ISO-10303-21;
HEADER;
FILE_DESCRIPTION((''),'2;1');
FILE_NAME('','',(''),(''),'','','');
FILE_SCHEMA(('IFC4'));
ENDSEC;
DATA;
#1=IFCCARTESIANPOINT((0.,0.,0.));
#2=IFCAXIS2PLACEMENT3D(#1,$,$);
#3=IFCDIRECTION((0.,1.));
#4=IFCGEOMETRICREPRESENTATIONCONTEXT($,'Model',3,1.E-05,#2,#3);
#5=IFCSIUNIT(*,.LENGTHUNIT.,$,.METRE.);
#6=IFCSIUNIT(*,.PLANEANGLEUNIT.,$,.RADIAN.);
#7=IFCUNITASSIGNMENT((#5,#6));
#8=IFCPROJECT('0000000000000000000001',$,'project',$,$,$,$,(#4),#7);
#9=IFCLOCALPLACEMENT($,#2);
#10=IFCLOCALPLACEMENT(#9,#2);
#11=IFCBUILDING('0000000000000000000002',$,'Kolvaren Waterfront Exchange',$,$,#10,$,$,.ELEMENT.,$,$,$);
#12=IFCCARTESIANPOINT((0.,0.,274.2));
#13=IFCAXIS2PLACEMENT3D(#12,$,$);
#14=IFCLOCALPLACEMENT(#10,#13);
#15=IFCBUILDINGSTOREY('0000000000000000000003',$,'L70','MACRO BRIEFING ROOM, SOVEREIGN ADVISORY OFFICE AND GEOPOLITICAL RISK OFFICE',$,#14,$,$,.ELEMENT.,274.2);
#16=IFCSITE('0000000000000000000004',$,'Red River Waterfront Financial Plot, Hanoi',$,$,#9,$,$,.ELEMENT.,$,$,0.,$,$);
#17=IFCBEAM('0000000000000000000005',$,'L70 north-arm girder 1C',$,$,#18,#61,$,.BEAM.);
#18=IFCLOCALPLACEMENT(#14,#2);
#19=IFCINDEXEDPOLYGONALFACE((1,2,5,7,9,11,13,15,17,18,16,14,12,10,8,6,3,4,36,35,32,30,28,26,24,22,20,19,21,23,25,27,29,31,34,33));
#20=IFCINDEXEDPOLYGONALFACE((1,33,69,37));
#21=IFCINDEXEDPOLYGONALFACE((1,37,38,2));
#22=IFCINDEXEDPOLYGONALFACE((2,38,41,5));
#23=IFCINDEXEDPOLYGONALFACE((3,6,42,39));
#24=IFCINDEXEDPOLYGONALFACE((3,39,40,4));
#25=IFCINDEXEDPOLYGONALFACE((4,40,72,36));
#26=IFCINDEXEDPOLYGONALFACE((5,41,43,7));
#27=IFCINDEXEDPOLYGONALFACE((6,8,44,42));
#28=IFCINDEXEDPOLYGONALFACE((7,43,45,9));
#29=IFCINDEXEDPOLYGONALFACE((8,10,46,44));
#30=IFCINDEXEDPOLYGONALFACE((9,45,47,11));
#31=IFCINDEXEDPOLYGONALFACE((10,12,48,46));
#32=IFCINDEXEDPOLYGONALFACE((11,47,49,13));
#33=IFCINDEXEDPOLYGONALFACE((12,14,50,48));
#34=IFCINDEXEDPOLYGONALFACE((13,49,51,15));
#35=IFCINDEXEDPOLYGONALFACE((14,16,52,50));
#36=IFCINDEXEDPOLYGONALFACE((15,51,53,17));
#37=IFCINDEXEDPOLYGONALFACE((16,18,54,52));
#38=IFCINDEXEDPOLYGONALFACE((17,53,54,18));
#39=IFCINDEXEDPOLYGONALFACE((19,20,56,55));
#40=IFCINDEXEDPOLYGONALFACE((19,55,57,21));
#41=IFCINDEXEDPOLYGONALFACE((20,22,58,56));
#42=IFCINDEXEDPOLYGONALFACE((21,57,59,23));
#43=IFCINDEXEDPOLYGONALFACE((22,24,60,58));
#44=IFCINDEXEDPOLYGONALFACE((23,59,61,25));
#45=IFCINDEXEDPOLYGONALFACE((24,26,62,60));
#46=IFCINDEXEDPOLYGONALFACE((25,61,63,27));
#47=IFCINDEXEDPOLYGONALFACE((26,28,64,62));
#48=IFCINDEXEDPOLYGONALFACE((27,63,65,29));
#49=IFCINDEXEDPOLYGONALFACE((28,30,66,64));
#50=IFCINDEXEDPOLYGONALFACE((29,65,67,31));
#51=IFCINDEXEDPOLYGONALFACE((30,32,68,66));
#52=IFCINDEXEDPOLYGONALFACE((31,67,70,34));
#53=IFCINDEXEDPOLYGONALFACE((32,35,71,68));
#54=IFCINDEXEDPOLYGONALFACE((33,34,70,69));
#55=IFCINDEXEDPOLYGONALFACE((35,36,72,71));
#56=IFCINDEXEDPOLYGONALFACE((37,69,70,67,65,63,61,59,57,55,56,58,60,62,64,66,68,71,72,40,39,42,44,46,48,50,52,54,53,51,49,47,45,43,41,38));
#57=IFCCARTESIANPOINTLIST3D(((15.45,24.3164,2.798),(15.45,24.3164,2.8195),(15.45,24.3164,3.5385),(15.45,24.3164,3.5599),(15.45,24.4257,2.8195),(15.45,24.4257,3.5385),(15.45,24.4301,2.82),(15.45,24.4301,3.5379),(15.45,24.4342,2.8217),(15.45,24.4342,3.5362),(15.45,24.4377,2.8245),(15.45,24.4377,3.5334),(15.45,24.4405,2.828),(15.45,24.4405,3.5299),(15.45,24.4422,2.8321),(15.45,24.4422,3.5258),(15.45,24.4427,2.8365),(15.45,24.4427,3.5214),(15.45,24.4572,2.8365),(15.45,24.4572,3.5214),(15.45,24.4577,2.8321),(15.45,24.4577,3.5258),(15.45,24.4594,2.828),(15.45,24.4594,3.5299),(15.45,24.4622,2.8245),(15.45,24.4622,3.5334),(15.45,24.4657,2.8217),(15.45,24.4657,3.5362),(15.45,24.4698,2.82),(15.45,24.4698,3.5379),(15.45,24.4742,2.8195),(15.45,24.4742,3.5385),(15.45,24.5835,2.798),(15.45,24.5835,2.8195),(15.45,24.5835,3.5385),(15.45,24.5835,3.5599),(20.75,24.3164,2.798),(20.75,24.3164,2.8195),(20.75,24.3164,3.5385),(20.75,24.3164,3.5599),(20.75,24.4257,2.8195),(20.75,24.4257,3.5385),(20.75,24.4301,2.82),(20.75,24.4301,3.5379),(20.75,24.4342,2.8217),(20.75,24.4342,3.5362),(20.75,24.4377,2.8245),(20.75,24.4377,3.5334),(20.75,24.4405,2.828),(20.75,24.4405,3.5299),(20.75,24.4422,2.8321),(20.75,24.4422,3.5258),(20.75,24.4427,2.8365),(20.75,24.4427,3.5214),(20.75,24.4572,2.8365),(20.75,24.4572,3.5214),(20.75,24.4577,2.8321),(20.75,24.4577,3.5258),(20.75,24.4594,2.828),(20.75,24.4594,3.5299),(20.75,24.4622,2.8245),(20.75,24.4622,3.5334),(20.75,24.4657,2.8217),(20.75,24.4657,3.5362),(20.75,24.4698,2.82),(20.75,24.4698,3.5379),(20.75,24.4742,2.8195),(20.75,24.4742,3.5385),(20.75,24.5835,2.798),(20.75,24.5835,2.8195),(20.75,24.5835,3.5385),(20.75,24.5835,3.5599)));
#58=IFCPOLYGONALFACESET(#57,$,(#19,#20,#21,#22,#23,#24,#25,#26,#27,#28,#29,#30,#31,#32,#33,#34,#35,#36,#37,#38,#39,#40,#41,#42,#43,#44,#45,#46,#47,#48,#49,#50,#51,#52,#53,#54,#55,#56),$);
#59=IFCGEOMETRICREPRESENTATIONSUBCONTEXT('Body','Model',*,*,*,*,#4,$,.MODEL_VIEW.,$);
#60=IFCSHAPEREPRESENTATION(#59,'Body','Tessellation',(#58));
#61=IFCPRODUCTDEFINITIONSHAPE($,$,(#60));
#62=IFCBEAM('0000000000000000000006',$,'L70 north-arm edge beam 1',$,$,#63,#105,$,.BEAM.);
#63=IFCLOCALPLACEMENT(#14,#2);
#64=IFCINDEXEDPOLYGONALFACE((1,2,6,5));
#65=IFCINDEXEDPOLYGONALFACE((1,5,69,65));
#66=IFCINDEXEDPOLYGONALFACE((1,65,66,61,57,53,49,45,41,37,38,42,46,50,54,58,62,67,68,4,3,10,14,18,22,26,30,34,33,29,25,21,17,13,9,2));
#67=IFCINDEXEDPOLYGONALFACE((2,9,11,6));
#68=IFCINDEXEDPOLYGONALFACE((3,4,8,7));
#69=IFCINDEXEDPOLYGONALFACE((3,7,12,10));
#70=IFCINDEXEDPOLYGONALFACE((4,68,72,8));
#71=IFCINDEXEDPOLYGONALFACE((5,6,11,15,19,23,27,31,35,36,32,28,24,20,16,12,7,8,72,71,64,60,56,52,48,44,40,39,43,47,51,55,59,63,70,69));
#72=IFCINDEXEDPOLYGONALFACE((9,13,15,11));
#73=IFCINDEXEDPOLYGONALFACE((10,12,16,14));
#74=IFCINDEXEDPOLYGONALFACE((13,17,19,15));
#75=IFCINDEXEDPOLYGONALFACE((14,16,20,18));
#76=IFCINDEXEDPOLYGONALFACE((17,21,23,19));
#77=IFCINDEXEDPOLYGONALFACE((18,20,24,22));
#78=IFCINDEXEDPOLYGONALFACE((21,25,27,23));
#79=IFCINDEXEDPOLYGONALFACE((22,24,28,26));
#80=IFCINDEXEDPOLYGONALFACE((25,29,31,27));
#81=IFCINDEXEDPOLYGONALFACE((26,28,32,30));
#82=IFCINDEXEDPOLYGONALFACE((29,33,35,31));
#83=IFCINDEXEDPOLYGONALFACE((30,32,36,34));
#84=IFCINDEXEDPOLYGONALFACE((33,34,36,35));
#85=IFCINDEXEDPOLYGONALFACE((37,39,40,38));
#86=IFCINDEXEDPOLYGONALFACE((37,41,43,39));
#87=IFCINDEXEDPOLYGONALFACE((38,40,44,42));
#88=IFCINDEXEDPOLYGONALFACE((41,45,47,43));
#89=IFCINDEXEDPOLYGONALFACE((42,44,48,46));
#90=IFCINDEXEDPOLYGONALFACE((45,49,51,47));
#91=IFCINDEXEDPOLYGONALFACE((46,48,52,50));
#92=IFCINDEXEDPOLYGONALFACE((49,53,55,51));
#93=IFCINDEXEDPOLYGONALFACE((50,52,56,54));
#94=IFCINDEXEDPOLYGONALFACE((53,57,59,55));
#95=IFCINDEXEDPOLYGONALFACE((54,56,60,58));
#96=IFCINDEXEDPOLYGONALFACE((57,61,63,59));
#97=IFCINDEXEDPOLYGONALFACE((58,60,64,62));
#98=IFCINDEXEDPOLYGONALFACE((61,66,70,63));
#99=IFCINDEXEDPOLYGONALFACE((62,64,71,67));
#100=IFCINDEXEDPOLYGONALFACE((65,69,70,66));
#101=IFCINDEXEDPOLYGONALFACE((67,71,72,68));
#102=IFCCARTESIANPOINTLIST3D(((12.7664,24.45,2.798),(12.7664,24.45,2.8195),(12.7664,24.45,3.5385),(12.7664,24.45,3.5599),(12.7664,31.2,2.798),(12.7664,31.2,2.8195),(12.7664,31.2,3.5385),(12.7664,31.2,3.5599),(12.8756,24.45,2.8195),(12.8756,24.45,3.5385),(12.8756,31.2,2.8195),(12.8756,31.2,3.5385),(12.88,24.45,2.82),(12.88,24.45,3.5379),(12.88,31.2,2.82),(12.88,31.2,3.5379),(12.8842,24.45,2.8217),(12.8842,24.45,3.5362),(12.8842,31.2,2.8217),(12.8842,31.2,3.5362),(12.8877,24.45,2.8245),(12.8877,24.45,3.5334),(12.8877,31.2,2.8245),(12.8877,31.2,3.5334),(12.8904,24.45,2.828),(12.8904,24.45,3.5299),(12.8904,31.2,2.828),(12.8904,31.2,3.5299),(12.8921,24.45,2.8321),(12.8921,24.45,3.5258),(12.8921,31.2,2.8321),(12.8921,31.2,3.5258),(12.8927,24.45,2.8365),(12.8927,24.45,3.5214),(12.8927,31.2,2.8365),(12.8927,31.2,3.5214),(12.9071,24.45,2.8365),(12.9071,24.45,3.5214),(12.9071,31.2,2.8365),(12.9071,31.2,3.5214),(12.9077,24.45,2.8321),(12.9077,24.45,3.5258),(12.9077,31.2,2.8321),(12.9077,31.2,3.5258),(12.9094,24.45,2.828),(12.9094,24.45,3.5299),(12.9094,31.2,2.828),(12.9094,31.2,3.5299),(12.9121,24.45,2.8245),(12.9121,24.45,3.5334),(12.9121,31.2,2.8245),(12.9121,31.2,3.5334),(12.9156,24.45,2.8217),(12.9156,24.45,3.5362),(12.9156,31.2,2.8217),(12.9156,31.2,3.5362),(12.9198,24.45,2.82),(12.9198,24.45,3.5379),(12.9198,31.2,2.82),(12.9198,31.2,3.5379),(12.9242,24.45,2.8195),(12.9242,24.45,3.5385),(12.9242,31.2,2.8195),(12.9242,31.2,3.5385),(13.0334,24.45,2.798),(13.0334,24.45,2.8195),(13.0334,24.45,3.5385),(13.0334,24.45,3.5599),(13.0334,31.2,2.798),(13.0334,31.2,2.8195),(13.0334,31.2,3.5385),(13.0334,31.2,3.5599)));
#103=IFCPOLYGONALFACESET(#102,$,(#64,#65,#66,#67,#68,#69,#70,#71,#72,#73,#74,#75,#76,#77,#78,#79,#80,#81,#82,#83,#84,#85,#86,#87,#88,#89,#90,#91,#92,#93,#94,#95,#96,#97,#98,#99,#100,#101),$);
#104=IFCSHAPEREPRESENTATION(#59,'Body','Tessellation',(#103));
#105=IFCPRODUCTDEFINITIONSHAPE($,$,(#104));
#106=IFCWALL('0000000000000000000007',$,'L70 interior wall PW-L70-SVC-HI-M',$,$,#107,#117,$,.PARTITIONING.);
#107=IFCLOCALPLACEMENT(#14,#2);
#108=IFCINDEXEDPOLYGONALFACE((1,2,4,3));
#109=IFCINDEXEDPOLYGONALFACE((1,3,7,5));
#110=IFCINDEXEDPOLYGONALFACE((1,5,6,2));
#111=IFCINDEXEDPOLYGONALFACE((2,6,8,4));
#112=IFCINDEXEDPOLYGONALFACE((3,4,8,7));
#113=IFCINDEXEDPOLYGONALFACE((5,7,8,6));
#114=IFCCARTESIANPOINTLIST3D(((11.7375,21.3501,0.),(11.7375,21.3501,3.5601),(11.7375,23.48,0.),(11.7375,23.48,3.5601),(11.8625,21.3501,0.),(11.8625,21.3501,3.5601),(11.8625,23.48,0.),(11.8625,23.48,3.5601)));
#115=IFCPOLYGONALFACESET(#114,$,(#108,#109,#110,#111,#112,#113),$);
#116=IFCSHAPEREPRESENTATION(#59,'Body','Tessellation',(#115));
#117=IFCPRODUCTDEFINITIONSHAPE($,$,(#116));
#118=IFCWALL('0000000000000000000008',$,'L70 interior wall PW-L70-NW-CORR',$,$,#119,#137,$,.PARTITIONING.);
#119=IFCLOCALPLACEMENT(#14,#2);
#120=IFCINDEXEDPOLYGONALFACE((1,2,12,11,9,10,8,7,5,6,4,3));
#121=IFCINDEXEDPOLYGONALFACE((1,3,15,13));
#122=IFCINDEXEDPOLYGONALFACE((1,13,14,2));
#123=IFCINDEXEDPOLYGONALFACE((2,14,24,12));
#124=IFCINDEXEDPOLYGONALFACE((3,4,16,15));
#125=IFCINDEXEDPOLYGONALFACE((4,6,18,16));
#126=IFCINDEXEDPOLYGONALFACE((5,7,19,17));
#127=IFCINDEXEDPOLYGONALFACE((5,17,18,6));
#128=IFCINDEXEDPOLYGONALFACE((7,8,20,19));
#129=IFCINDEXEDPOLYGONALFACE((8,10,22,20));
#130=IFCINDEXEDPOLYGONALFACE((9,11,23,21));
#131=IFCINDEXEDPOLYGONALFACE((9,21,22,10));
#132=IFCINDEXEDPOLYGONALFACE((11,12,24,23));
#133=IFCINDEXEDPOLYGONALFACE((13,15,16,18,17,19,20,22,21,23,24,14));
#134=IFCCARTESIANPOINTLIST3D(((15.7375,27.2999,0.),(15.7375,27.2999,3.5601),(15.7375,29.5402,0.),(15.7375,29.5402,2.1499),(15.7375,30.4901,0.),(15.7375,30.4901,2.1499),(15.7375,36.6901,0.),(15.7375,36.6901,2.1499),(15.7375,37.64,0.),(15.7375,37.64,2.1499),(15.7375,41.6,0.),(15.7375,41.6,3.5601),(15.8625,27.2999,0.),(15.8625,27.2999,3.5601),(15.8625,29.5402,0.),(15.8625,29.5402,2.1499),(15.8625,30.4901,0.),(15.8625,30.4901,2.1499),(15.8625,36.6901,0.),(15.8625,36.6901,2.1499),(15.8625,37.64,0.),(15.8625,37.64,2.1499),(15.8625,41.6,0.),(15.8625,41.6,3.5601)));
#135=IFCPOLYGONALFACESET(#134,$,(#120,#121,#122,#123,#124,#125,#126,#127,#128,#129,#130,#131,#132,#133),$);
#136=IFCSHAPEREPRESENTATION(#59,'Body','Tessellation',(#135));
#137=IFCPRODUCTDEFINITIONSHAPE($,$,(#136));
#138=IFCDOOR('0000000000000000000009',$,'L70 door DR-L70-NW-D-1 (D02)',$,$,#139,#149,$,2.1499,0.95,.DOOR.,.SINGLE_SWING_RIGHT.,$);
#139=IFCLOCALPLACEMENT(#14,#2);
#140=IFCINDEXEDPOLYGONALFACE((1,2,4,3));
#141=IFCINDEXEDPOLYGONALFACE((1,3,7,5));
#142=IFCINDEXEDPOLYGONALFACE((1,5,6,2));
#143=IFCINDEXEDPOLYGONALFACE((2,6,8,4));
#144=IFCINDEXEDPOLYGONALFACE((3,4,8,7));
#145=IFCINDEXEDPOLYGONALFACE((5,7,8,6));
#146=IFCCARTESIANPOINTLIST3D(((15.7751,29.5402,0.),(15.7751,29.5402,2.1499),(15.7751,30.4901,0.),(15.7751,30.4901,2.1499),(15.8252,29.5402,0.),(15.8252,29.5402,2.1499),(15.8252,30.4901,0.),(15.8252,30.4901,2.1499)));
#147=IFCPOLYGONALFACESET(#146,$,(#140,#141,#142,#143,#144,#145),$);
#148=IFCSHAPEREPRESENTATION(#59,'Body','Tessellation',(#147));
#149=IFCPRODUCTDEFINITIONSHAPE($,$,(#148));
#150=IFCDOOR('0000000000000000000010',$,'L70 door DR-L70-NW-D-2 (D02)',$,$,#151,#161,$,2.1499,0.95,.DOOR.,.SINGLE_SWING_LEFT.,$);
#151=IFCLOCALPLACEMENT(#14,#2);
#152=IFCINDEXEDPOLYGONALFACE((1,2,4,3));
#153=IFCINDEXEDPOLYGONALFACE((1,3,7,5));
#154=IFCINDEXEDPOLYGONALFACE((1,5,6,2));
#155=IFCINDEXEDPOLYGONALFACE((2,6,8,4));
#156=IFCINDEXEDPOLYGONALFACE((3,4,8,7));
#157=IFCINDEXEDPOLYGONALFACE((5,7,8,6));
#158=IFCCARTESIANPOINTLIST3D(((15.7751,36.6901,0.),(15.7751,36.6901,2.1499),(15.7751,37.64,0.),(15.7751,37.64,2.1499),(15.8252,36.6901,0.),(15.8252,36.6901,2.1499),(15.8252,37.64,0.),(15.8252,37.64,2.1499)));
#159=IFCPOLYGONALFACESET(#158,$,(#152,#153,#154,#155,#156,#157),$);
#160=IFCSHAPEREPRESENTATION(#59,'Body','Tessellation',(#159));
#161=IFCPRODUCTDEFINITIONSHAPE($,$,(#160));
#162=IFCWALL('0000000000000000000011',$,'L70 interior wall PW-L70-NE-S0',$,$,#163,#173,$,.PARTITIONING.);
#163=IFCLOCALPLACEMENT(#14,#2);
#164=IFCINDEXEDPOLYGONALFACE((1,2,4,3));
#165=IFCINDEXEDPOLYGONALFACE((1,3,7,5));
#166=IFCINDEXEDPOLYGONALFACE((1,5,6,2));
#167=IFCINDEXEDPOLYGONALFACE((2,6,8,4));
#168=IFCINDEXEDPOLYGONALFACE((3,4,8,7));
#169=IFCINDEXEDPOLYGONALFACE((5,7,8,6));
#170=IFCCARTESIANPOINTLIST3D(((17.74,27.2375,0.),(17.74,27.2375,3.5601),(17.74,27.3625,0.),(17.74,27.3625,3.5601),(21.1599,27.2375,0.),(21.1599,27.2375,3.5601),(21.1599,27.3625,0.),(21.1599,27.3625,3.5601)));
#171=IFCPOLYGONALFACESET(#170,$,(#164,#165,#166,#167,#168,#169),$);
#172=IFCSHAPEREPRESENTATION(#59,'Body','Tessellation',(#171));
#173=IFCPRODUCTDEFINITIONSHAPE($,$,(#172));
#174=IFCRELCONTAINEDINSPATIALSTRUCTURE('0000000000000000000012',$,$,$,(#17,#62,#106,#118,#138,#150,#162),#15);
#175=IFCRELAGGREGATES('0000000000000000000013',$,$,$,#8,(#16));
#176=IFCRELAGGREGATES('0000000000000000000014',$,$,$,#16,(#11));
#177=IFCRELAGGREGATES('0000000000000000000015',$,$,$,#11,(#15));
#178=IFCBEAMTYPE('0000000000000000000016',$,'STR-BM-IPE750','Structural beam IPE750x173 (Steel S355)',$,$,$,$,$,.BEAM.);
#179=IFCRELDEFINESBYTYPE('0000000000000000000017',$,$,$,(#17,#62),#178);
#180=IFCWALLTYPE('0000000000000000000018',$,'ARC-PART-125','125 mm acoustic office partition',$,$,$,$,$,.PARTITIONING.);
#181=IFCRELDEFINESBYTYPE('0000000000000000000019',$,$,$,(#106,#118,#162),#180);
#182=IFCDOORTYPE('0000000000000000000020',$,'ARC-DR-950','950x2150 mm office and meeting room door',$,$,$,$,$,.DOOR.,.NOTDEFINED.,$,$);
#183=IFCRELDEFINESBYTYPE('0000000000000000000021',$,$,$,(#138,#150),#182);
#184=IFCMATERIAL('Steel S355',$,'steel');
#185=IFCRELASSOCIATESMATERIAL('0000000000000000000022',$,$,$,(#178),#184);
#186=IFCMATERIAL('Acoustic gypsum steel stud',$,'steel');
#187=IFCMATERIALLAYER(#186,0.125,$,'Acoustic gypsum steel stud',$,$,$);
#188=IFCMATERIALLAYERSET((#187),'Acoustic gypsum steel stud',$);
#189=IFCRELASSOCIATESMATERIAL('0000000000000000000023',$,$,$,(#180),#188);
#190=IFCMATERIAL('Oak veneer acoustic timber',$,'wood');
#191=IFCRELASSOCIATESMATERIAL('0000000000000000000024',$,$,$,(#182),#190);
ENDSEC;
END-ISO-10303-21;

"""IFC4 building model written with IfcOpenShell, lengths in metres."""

from ifc_helpers import new_model, si_unit, direction, frame, frame_2d, origin, origin_2d, place, context, subcontext, project, spatial, rectangle, i_section, extrude, material, layer, layer_set, material_profile, profile_set, type_object, element, fill, save


model = new_model("IFC4")

# Units and contexts
model_context = context("Model", 3, precision=1e-05, world=origin(), true_north=direction((0.0, 1.0)))
body_context = subcontext(model_context, "Body", "Model", "MODEL_VIEW")
ifc_project = project(units=[si_unit("LENGTHUNIT", "METRE"), si_unit("PLANEANGLEUNIT", "RADIAN")], contexts=[model_context])

# Site, building, storey
site_placement = place(None, origin())
site = spatial("IfcSite", under=ifc_project, at=site_placement, Name="Red River Waterfront Financial Plot, Hanoi", CompositionType="ELEMENT", RefElevation=0.0)
building_placement = place(site_placement, origin())
building = spatial("IfcBuilding", under=site, at=building_placement, Name="Kolvaren Waterfront Exchange", CompositionType="ELEMENT")
storey_placement = place(building_placement, frame((0.0, 0.0, 274.2)))
storey = spatial("IfcBuildingStorey", under=building, at=storey_placement, Name="L70", Description="MACRO BRIEFING ROOM, SOVEREIGN ADVISORY OFFICE AND GEOPOLITICAL RISK OFFICE", CompositionType="ELEMENT", Elevation=274.2)

# Beams
ifc_material_1 = material(Name="Steel S355", Category="steel")
ifc_material_profile_1 = material_profile(ifc_material_1, i_section(OverallWidth=0.2671, OverallDepth=0.762, WebThickness=0.0144, FlangeThickness=0.0215, FilletRadius=0.0171, at=origin_2d()), Name="IPE750x173")
ifc_profile_set_1 = profile_set([ifc_material_profile_1], Name="Steel S355")
beam_type_1 = type_object("IfcBeamType", Name="STR-BM-IPE750", Description="Structural beam IPE750x173 (Steel S355)", PredefinedType="BEAM", material=ifc_profile_set_1)
beam_1_placement = place(storey_placement, frame((15.45, 24.45, 3.179), z_axis=(1.0, 0.0, 0.0), x_axis=(0.0, 1.0, 0.0)))
element("IfcBeam", 1, at=beam_1_placement, inside=storey, type_object=beam_type_1, Name="L70 north-arm girder 1C", PredefinedType="BEAM", context=body_context, shape_type="SweptSolid", body=[
    extrude(i_section(OverallWidth=0.2671, OverallDepth=0.762, WebThickness=0.0144, FlangeThickness=0.0215, FilletRadius=0.0171, at=origin_2d()), origin(), (0.0, 0.0, 1.0), 5.3),
])
beam_2_placement = place(storey_placement, frame((12.8999, 24.45, 3.179), z_axis=(0.0, 1.0, 0.0), x_axis=(-1.0, 0.0, 0.0)))
element("IfcBeam", 2, at=beam_2_placement, inside=storey, type_object=beam_type_1, Name="L70 north-arm edge beam 1", PredefinedType="BEAM", context=body_context, shape_type="SweptSolid", body=[
    extrude(i_section(OverallWidth=0.2671, OverallDepth=0.762, WebThickness=0.0144, FlangeThickness=0.0215, FilletRadius=0.0171, at=origin_2d()), origin(), (0.0, 0.0, 1.0), 6.75),
])

# Shared definitions
ifc_material_2 = material(Name="Acoustic gypsum steel stud", Category="steel")
ifc_layer_1 = layer(ifc_material_2, 0.125, Name="Acoustic gypsum steel stud")
ifc_layer_set_1 = layer_set([ifc_layer_1], Name="Acoustic gypsum steel stud")
wall_type_1 = type_object("IfcWallType", Name="ARC-PART-125", Description="125 mm acoustic office partition", PredefinedType="PARTITIONING", material=ifc_layer_set_1)

# Wall
wall_1_placement = place(storey_placement, frame((11.8, 21.3501, 0.0), z_axis=(0.0, 0.0, 1.0), x_axis=(0.0, 1.0, 0.0)))
element("IfcWall", 3, at=wall_1_placement, inside=storey, type_object=wall_type_1, Name="L70 interior wall PW-L70-SVC-HI-M", PredefinedType="PARTITIONING", context=body_context, shape_type="SweptSolid", body=[
    extrude(rectangle(XDim=2.1299, YDim=0.125, at=frame_2d((1.0649, 0.0))), origin(), (0.0, 0.0, 1.0), 3.5601),
])

# Wall, openings, doors
wall_2_placement = place(storey_placement, frame((15.8, 27.3, 0.0), z_axis=(0.0, 0.0, 1.0), x_axis=(0.0, 1.0, 0.0)))
wall_2 = element("IfcWall", 4, at=wall_2_placement, inside=storey, type_object=wall_type_1, Name="L70 interior wall PW-L70-NW-CORR", PredefinedType="PARTITIONING", context=body_context, shape_type="SweptSolid", body=[
    extrude(rectangle(XDim=14.3, YDim=0.125, at=frame_2d((7.1499, 0.0))), origin(), (0.0, 0.0, 1.0), 3.5601),
])
opening_1_placement = place(wall_2_placement, frame((2.24, 0.0, 0.0)))
opening_1 = element("IfcOpeningElement", 5, at=opening_1_placement, cuts=wall_2, PredefinedType="OPENING", context=body_context, shape_type="SweptSolid", body=[
    extrude(rectangle(XDim=0.95, YDim=2.1499, at=frame_2d((0.4751, 1.075))), frame((0.0, 0.0725, 0.0), z_axis=(0.0, -1.0, 0.0), x_axis=(1.0, 0.0, 0.0)), (0.0, 0.0, 1.0), 0.145),
])
opening_2_placement = place(wall_2_placement, frame((9.3899, 0.0, 0.0)))
opening_2 = element("IfcOpeningElement", 6, at=opening_2_placement, cuts=wall_2, PredefinedType="OPENING", context=body_context, shape_type="SweptSolid", body=[
    extrude(rectangle(XDim=0.95, YDim=2.1499, at=frame_2d((0.4751, 1.075))), frame((0.0, 0.0725, 0.0), z_axis=(0.0, -1.0, 0.0), x_axis=(1.0, 0.0, 0.0)), (0.0, 0.0, 1.0), 0.145),
])
ifc_material_3 = material(Name="Oak veneer acoustic timber", Category="wood")
door_type_1 = type_object("IfcDoorType", Name="ARC-DR-950", Description="950x2150 mm office and meeting room door", OperationType="NOTDEFINED", PredefinedType="DOOR", material=ifc_material_3)
door_1_placement = place(opening_1_placement, origin())
door_1 = element("IfcDoor", 7, at=door_1_placement, inside=storey, type_object=door_type_1, Name="L70 door DR-L70-NW-D-1 (D02)", OperationType="SINGLE_SWING_RIGHT", OverallHeight=2.1499, OverallWidth=0.95, PredefinedType="DOOR", context=body_context, shape_type="SweptSolid", body=[
    extrude(rectangle(XDim=0.95, YDim=2.1499, at=frame_2d((0.4751, 1.075))), frame((0.0, 0.0249, 0.0), z_axis=(0.0, -1.0, 0.0), x_axis=(1.0, 0.0, 0.0)), (0.0, 0.0, 1.0), 0.05),
])
fill(opening_1, door_1)
door_2_placement = place(opening_2_placement, origin())
door_2 = element("IfcDoor", 8, at=door_2_placement, inside=storey, type_object=door_type_1, Name="L70 door DR-L70-NW-D-2 (D02)", OperationType="SINGLE_SWING_LEFT", OverallHeight=2.1499, OverallWidth=0.95, PredefinedType="DOOR", context=body_context, shape_type="SweptSolid", body=[
    extrude(rectangle(XDim=0.95, YDim=2.1499, at=frame_2d((0.4751, 1.075))), frame((0.0, 0.0249, 0.0), z_axis=(0.0, -1.0, 0.0), x_axis=(1.0, 0.0, 0.0)), (0.0, 0.0, 1.0), 0.05),
])
fill(opening_2, door_2)

# Wall
wall_3_placement = place(storey_placement, frame((17.74, 27.3, 0.0), z_axis=(0.0, 0.0, 1.0), x_axis=(1.0, 0.0, 0.0)))
element("IfcWall", 9, at=wall_3_placement, inside=storey, type_object=wall_type_1, Name="L70 interior wall PW-L70-NE-S0", PredefinedType="PARTITIONING", context=body_context, shape_type="SweptSolid", body=[
    extrude(rectangle(XDim=3.4199, YDim=0.125, at=frame_2d((1.71, 0.0))), origin(), (0.0, 0.0, 1.0), 3.5601),
])

save(model, "model.ifc")
